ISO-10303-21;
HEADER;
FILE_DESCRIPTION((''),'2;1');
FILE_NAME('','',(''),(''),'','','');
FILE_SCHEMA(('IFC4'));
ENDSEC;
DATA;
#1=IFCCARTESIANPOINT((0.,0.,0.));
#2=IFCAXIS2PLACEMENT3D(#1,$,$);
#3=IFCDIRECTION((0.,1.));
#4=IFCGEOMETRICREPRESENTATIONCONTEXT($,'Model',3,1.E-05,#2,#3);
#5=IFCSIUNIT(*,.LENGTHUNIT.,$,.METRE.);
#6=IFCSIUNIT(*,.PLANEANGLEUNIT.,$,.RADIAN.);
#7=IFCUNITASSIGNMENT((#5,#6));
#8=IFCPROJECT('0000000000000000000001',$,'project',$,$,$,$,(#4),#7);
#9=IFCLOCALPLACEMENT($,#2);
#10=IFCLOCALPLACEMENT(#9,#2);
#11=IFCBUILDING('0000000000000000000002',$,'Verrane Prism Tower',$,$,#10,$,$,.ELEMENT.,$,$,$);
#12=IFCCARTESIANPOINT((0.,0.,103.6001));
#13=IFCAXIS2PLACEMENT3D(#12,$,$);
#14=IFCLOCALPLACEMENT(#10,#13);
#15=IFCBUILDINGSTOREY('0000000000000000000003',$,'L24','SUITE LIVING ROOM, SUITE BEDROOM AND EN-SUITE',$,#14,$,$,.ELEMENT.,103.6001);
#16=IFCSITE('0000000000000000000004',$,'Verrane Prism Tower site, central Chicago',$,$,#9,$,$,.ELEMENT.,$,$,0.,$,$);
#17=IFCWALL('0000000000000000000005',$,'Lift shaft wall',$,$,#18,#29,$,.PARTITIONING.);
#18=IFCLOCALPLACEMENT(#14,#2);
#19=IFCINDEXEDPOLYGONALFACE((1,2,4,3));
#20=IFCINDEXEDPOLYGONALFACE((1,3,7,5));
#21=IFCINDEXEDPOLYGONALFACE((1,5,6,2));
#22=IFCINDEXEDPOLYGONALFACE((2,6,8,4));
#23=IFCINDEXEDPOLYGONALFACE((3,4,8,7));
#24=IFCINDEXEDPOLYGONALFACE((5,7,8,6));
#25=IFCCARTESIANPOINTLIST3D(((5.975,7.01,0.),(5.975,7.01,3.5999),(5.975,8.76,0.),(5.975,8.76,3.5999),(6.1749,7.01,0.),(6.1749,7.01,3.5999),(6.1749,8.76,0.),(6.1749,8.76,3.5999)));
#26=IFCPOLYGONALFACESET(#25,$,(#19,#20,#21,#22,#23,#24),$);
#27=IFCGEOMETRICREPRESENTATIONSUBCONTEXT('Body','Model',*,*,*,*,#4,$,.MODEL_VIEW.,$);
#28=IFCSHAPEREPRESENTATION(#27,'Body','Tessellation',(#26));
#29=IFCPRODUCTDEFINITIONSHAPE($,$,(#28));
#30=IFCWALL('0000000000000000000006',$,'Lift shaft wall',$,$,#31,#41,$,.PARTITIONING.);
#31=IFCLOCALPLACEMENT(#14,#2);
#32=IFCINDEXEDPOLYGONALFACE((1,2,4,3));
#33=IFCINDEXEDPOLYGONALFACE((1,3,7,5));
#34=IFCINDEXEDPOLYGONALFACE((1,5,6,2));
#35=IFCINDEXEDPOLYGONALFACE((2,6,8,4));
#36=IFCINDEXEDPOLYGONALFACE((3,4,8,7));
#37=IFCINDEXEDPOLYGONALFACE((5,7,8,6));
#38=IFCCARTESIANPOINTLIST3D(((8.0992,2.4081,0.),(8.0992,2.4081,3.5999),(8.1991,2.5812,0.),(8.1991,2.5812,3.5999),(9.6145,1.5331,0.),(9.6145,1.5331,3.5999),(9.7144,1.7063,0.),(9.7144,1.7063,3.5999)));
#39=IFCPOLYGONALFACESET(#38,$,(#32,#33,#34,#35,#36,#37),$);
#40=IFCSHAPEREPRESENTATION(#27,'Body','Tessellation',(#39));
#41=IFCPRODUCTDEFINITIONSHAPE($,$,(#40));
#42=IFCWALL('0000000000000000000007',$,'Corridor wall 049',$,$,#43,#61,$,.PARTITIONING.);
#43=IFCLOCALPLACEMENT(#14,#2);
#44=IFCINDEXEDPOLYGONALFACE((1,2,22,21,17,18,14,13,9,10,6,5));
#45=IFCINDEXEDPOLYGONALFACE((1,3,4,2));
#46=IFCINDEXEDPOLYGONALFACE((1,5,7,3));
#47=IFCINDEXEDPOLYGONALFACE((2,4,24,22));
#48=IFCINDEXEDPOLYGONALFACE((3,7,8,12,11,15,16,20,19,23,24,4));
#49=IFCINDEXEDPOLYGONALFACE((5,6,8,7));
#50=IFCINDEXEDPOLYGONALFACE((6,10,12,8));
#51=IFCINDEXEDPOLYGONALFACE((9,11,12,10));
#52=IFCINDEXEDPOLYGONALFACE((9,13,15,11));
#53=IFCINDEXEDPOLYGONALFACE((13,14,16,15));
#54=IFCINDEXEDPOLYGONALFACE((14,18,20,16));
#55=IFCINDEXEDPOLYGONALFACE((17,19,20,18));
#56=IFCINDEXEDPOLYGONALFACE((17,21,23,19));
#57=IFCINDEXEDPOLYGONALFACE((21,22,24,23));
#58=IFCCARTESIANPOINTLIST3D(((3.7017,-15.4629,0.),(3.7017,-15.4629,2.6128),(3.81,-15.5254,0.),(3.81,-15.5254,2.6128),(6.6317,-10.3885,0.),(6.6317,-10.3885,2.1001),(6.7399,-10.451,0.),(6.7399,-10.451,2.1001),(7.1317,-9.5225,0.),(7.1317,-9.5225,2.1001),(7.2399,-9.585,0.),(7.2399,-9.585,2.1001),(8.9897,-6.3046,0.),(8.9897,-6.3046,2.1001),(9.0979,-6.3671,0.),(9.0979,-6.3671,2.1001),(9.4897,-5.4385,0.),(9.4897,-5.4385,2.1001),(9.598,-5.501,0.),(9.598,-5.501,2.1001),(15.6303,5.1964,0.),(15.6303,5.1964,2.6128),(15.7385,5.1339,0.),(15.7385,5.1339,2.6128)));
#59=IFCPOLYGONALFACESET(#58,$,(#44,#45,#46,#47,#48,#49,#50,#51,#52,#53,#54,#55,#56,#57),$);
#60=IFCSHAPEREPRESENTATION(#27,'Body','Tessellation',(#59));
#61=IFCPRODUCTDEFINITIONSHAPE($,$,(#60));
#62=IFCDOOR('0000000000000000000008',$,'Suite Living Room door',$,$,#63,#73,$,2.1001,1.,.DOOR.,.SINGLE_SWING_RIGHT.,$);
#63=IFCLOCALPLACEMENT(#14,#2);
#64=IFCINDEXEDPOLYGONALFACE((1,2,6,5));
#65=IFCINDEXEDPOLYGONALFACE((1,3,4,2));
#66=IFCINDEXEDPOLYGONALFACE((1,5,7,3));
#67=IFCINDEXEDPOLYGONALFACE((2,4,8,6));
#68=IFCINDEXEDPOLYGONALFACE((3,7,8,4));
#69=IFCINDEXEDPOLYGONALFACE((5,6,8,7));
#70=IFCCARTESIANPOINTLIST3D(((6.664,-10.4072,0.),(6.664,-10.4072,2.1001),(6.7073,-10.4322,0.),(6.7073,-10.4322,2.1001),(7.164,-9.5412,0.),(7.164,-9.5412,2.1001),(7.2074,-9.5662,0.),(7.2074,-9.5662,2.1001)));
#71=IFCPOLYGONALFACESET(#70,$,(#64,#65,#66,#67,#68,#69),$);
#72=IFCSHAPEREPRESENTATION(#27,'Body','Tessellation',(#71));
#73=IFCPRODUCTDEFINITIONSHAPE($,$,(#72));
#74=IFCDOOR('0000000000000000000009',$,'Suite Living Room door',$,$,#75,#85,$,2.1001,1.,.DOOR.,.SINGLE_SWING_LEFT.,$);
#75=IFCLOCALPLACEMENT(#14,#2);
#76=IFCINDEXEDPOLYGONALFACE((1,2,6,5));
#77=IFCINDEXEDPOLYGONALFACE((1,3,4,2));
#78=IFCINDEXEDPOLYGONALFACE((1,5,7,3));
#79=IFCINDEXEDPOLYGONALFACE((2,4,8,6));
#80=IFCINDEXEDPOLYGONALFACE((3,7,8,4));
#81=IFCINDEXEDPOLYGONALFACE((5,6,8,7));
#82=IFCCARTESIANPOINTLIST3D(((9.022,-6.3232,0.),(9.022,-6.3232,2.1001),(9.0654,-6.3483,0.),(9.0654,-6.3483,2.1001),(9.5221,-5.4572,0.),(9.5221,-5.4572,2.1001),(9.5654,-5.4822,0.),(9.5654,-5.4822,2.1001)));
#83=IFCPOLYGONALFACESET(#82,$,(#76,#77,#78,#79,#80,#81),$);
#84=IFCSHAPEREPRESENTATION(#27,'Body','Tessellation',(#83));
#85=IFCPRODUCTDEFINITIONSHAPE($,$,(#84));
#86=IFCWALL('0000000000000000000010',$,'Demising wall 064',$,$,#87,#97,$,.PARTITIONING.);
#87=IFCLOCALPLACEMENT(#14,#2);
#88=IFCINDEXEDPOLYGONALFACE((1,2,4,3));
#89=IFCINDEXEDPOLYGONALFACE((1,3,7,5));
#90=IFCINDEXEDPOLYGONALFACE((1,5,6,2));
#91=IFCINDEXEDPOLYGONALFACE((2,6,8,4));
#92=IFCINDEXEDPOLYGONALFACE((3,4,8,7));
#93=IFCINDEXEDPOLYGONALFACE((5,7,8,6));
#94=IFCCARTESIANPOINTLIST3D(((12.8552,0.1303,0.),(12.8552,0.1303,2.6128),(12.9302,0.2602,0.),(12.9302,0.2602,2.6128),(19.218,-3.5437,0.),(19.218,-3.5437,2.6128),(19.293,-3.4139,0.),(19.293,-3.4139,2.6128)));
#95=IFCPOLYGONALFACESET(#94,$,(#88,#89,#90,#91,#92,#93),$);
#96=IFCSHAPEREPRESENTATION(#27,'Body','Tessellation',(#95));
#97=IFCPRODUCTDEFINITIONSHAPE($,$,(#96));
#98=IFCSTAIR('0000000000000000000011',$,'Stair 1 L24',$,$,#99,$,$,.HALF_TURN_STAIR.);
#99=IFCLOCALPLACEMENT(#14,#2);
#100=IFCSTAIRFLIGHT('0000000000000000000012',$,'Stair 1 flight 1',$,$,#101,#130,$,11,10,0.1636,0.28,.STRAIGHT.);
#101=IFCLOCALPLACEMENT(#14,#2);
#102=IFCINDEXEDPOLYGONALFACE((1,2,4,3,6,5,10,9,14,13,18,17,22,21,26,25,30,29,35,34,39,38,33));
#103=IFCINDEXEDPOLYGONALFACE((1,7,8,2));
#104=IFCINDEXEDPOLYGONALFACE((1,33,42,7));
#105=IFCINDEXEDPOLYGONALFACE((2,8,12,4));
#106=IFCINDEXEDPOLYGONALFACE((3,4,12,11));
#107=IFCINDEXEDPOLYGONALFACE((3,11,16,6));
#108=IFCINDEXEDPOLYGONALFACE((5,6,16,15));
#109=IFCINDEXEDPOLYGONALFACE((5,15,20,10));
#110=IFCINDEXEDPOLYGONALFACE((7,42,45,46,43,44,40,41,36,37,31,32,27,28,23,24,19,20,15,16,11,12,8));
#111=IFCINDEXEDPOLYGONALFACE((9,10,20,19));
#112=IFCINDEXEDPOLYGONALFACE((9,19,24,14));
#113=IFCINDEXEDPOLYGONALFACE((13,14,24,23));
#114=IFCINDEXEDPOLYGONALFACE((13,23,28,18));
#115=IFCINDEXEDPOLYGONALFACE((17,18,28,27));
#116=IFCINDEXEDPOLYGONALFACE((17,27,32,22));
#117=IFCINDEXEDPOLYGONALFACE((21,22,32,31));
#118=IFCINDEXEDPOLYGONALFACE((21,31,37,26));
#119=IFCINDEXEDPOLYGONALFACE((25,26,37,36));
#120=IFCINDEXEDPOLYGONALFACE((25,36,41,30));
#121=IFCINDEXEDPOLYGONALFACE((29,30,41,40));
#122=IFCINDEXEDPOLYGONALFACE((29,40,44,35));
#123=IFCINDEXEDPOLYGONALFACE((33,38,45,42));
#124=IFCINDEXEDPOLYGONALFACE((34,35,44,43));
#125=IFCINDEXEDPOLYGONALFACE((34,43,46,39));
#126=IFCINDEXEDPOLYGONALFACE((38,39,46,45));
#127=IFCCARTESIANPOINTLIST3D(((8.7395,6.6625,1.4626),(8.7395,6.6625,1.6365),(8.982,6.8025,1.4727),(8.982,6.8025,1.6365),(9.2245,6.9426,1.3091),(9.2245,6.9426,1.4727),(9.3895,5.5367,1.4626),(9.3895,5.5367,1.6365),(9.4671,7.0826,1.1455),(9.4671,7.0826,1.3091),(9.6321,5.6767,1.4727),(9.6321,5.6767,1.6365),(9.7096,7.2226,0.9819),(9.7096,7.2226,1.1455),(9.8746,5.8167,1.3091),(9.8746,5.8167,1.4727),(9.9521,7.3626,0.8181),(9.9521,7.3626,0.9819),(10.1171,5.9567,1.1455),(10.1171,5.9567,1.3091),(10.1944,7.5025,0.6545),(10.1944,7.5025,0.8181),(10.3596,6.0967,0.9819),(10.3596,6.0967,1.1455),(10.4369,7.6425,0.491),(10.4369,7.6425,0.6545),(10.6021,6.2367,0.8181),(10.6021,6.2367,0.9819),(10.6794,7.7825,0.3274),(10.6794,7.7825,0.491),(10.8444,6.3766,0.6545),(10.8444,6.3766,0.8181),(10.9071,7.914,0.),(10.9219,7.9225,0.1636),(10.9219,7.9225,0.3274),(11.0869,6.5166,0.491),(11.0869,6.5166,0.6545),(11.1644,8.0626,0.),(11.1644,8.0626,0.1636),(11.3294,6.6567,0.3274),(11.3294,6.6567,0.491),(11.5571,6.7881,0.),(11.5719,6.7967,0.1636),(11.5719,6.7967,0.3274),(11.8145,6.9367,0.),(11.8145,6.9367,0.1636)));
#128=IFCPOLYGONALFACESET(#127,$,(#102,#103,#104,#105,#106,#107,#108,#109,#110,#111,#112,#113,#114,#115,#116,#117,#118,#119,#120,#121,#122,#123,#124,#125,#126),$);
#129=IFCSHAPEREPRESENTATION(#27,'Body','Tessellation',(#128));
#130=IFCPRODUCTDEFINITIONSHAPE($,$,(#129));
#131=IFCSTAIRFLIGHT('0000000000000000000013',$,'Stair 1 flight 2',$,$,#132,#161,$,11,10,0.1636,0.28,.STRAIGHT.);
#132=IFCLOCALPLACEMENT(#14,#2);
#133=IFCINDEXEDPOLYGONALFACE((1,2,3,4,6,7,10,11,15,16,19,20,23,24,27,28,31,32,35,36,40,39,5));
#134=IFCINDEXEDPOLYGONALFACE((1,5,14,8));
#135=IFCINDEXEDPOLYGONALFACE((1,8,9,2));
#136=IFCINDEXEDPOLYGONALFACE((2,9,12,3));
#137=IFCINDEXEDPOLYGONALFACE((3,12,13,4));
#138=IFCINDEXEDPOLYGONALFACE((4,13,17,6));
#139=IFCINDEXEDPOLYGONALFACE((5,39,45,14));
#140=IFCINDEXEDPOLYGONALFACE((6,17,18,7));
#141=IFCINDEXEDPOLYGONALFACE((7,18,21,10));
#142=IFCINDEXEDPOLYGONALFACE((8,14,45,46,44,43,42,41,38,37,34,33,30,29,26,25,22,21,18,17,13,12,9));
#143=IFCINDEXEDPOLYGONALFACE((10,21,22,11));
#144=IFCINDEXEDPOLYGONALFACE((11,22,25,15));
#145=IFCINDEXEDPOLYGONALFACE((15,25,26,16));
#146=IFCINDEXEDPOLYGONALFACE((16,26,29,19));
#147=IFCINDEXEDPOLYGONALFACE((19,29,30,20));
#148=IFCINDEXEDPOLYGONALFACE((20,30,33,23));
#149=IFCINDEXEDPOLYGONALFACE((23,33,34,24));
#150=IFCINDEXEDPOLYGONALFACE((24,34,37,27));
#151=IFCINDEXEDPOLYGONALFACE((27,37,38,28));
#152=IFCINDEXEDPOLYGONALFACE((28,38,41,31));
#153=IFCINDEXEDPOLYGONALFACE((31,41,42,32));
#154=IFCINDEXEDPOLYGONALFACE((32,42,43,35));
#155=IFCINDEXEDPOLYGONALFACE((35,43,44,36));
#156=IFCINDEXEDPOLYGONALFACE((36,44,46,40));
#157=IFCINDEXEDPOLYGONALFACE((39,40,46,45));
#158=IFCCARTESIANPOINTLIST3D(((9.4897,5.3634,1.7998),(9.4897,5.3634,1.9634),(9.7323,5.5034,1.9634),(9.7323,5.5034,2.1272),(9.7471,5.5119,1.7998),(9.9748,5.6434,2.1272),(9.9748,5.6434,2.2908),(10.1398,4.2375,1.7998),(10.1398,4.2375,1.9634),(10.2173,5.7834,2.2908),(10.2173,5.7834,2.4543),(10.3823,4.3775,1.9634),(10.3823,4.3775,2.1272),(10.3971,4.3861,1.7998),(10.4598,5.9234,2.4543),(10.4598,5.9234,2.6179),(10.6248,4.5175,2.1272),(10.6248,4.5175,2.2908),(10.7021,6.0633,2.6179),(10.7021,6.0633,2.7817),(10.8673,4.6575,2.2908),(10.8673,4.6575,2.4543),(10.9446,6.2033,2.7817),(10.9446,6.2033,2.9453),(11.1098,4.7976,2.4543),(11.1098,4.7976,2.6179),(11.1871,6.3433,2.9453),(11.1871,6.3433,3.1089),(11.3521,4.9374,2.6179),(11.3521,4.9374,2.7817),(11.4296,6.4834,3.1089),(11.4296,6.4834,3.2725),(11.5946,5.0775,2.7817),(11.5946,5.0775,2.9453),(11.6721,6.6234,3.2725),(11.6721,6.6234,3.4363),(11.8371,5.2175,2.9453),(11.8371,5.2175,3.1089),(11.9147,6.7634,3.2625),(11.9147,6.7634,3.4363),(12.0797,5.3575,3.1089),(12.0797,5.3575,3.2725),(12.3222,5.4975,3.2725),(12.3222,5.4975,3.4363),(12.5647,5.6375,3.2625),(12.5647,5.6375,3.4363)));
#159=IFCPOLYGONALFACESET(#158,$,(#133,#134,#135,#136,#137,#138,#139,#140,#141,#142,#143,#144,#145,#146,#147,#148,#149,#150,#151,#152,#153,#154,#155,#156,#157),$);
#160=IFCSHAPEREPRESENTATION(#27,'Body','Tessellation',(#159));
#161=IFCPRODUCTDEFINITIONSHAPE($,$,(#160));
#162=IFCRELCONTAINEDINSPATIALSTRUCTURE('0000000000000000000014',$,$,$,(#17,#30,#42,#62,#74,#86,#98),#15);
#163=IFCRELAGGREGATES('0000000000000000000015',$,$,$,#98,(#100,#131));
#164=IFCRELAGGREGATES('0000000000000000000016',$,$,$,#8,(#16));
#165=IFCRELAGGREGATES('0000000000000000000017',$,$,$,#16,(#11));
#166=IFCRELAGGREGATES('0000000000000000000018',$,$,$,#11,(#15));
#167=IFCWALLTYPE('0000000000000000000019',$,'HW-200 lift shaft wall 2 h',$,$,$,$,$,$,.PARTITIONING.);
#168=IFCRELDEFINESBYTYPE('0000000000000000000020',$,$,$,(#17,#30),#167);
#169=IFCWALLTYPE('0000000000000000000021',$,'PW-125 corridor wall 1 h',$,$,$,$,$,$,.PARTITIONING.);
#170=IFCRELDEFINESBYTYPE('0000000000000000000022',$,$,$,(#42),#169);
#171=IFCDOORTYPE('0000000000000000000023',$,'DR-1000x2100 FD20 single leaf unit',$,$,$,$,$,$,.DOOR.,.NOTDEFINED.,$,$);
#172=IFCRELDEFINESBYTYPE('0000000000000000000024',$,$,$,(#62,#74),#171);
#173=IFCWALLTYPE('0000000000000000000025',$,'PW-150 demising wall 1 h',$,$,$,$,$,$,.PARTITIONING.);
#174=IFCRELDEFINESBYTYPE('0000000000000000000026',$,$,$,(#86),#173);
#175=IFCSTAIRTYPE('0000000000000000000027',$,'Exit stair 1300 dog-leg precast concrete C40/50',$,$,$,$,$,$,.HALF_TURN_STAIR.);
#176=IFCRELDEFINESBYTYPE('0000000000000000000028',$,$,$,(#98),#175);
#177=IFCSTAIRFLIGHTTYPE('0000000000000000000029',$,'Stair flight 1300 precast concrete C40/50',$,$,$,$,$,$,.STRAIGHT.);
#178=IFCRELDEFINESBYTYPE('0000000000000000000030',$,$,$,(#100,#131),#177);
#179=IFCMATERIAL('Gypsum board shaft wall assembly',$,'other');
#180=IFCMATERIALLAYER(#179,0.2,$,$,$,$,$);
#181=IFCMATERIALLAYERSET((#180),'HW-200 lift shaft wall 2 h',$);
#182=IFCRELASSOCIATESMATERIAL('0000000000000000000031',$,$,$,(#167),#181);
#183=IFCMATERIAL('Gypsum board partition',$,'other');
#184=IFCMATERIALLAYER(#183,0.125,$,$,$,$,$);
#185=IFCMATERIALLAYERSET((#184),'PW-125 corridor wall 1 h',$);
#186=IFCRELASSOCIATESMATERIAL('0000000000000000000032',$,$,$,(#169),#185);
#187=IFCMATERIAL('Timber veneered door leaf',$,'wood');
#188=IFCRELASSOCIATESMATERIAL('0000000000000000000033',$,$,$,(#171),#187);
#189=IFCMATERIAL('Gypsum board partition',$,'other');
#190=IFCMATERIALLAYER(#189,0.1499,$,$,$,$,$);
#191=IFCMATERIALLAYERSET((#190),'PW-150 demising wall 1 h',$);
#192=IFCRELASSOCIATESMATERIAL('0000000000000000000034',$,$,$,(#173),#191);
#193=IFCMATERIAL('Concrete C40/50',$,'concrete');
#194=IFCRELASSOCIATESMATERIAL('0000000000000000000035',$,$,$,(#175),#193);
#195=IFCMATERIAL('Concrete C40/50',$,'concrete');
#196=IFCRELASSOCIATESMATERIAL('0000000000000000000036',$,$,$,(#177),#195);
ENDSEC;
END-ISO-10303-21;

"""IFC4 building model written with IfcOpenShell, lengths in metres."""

from ifc_helpers import new_model, si_unit, direction, frame, frame_2d, origin, place, context, subcontext, project, spatial, polyline, rectangle, outline, extrude, material, layer, layer_set, type_object, element, fill, aggregate, save


model = new_model("IFC4")

# Units and contexts
model_context = context("Model", 3, precision=1e-05, world=origin(), true_north=direction((0.0, 1.0)))
body_context = subcontext(model_context, "Body", "Model", "MODEL_VIEW")
ifc_project = project(units=[si_unit("LENGTHUNIT", "METRE"), si_unit("PLANEANGLEUNIT", "RADIAN")], contexts=[model_context])

# Site, building, storey
site_placement = place(None, origin())
site = spatial("IfcSite", under=ifc_project, at=site_placement, Name="Verrane Prism Tower site, central Chicago", CompositionType="ELEMENT", RefElevation=0.0)
building_placement = place(site_placement, origin())
building = spatial("IfcBuilding", under=site, at=building_placement, Name="Verrane Prism Tower", CompositionType="ELEMENT")
storey_placement = place(building_placement, frame((0.0, 0.0, 103.6001)))
storey = spatial("IfcBuildingStorey", under=building, at=storey_placement, Name="L24", Description="SUITE LIVING ROOM, SUITE BEDROOM AND EN-SUITE", CompositionType="ELEMENT", Elevation=103.6001)

# Walls
ifc_material_1 = material(Name="Gypsum board shaft wall assembly", Category="other")
ifc_layer_1 = layer(ifc_material_1, 0.2)
ifc_layer_set_1 = layer_set([ifc_layer_1], Name="HW-200 lift shaft wall 2 h")
wall_type_1 = type_object("IfcWallType", Name="HW-200 lift shaft wall 2 h", PredefinedType="PARTITIONING", material=ifc_layer_set_1)
wall_1_placement = place(storey_placement, frame((6.075, 7.01, 0.0), z_axis=(0.0, 0.0, 1.0), x_axis=(0.0, 1.0, 0.0)))
element("IfcWall", 1, at=wall_1_placement, inside=storey, type_object=wall_type_1, Name="Lift shaft wall", PredefinedType="PARTITIONING", context=body_context, shape_type="SweptSolid", body=[
    extrude(rectangle(XDim=1.75, YDim=0.2, at=frame_2d((0.875, 0.0))), origin(), (0.0, 0.0, 1.0), 3.5999),
])
wall_2_placement = place(storey_placement, frame((9.6646, 1.6196, 0.0), z_axis=(0.0, 0.0, 1.0), x_axis=(-0.866002, 0.50004, 0.0)))
element("IfcWall", 2, at=wall_2_placement, inside=storey, type_object=wall_type_1, Name="Lift shaft wall", PredefinedType="PARTITIONING", context=body_context, shape_type="SweptSolid", body=[
    extrude(rectangle(XDim=1.7498, YDim=0.2, at=frame_2d((0.875, 0.0))), origin(), (0.0, 0.0, 1.0), 3.5999),
])

# Wall, openings, doors
ifc_material_2 = material(Name="Gypsum board partition", Category="other")
ifc_layer_2 = layer(ifc_material_2, 0.125)
ifc_layer_set_2 = layer_set([ifc_layer_2], Name="PW-125 corridor wall 1 h")
wall_type_2 = type_object("IfcWallType", Name="PW-125 corridor wall 1 h", PredefinedType="PARTITIONING", material=ifc_layer_set_2)
wall_3_placement = place(storey_placement, frame((15.6843, 5.165, 0.0), z_axis=(0.0, 0.0, 1.0), x_axis=(-0.500028, -0.866009, 0.0)))
wall_3 = element("IfcWall", 3, at=wall_3_placement, inside=storey, type_object=wall_type_2, Name="Corridor wall 049", PredefinedType="PARTITIONING", context=body_context, shape_type="SweptSolid", body=[
    extrude(rectangle(XDim=23.8557, YDim=0.125, at=frame_2d((11.9277, 0.0))), origin(), (0.0, 0.0, 1.0), 2.6128),
])
opening_1_placement = place(wall_3_placement, frame((16.9961, 0.0, 0.0)))
opening_1 = element("IfcOpeningElement", 4, at=opening_1_placement, cuts=wall_3, PredefinedType="OPENING", context=body_context, shape_type="SweptSolid", body=[
    extrude(rectangle(XDim=1.0, YDim=2.1001, at=frame_2d((0.5, 1.05))), frame((0.0, 0.0725, 0.0), z_axis=(0.0, -1.0, 0.0), x_axis=(1.0, 0.0, 0.0)), (0.0, 0.0, 1.0), 0.145),
])
opening_2_placement = place(wall_3_placement, frame((12.2803, 0.0, 0.0)))
opening_2 = element("IfcOpeningElement", 5, at=opening_2_placement, cuts=wall_3, PredefinedType="OPENING", context=body_context, shape_type="SweptSolid", body=[
    extrude(rectangle(XDim=1.0, YDim=2.1001, at=frame_2d((0.5, 1.05))), frame((0.0, 0.0725, 0.0), z_axis=(0.0, -1.0, 0.0), x_axis=(1.0, 0.0, 0.0)), (0.0, 0.0, 1.0), 0.145),
])
ifc_material_3 = material(Name="Timber veneered door leaf", Category="wood")
door_type = type_object("IfcDoorType", Name="DR-1000x2100 FD20 single leaf unit", OperationType="NOTDEFINED", PredefinedType="DOOR", material=ifc_material_3)
door_1_placement = place(opening_1_placement, origin())
door_1 = element("IfcDoor", 6, at=door_1_placement, inside=storey, type_object=door_type, Name="Suite Living Room door", OperationType="SINGLE_SWING_RIGHT", OverallHeight=2.1001, OverallWidth=1.0, PredefinedType="DOOR", context=body_context, shape_type="SweptSolid", body=[
    extrude(rectangle(XDim=1.0, YDim=2.1001, at=frame_2d((0.5, 1.05))), frame((0.0, 0.0249, 0.0), z_axis=(0.0, -1.0, 0.0), x_axis=(1.0, 0.0, 0.0)), (0.0, 0.0, 1.0), 0.05),
])
fill(opening_1, door_1)
door_2_placement = place(opening_2_placement, origin())
door_2 = element("IfcDoor", 7, at=door_2_placement, inside=storey, type_object=door_type, Name="Suite Living Room door", OperationType="SINGLE_SWING_LEFT", OverallHeight=2.1001, OverallWidth=1.0, PredefinedType="DOOR", context=body_context, shape_type="SweptSolid", body=[
    extrude(rectangle(XDim=1.0, YDim=2.1001, at=frame_2d((0.5, 1.05))), frame((0.0, 0.0249, 0.0), z_axis=(0.0, -1.0, 0.0), x_axis=(1.0, 0.0, 0.0)), (0.0, 0.0, 1.0), 0.05),
])
fill(opening_2, door_2)

# Wall
ifc_material_4 = material(Name="Gypsum board partition", Category="other")
ifc_layer_3 = layer(ifc_material_4, 0.1499)
ifc_layer_set_3 = layer_set([ifc_layer_3], Name="PW-150 demising wall 1 h")
wall_type_3 = type_object("IfcWallType", Name="PW-150 demising wall 1 h", PredefinedType="PARTITIONING", material=ifc_layer_set_3)
wall_4_placement = place(storey_placement, frame((12.8926, 0.1953, 0.0), z_axis=(0.0, 0.0, 1.0), x_axis=(0.865995, -0.500052, 0.0)))
element("IfcWall", 8, at=wall_4_placement, inside=storey, type_object=wall_type_3, Name="Demising wall 064", PredefinedType="PARTITIONING", context=body_context, shape_type="SweptSolid", body=[
    extrude(rectangle(XDim=7.3474, YDim=0.1499, at=frame_2d((3.6738, 0.0))), origin(), (0.0, 0.0, 1.0), 2.6128),
])

# Stair, stair flights
ifc_material_5 = material(Name="Concrete C40/50", Category="concrete")
stair_type = type_object("IfcStairType", Name="Exit stair 1300 dog-leg precast concrete C40/50", PredefinedType="HALF_TURN_STAIR", material=ifc_material_5)
stair_placement = place(storey_placement, origin())
stair = element("IfcStair", 9, at=stair_placement, inside=storey, type_object=stair_type, Name="Stair 1 L24", PredefinedType="HALF_TURN_STAIR")
ifc_material_6 = material(Name="Concrete C40/50", Category="concrete")
stair_flight_type = type_object("IfcStairFlightType", Name="Stair flight 1300 precast concrete C40/50", PredefinedType="STRAIGHT", material=ifc_material_6)
stair_flight_1_placement = place(storey_placement, frame((11.4895, 7.4995, 0.0), z_axis=(0.0, 0.0, 1.0), x_axis=(-0.866025, -0.5, 0.0)))
stair_flight_1 = element("IfcStairFlight", 10, at=stair_flight_1_placement, type_object=stair_flight_type, Name="Stair 1 flight 1", NumberOfRisers=11, NumberOfTreads=10, PredefinedType="STRAIGHT", RiserHeight=0.1636, TreadLength=0.28, context=body_context, shape_type="SweptSolid", body=[
    extrude(outline(polyline([(0.0, 0.0), (0.0, 0.1636), (0.28, 0.1636), (0.28, 0.3274), (0.5601, 0.3274), (0.5601, 0.491), (0.8401, 0.491), (0.8401, 0.6545), (1.1201, 0.6545), (1.1201, 0.8181), (1.3999, 0.8181), (1.3999, 0.9819), (1.6799, 0.9819), (1.6799, 1.1455), (1.96, 1.1455), (1.96, 1.3091), (2.24, 1.3091), (2.24, 1.4727), (2.52, 1.4727), (2.52, 1.6365), (2.8, 1.6365), (2.8, 1.8), (2.8, 1.4626), (0.2971, 0.0), (0.0, 0.0)])), frame((0.0, 0.6499, 0.0), z_axis=(0.0, -1.0, 0.0), x_axis=(1.0, 0.0, 0.0)), (0.0, 0.0, 1.0), 1.3),
])
stair_flight_2_placement = place(storey_placement, frame((9.8147, 4.8005, 1.7998), z_axis=(0.0, 0.0, 1.0), x_axis=(0.866025, 0.5, 0.0)))
stair_flight_2 = element("IfcStairFlight", 11, at=stair_flight_2_placement, type_object=stair_flight_type, Name="Stair 1 flight 2", NumberOfRisers=11, NumberOfTreads=10, PredefinedType="STRAIGHT", RiserHeight=0.1636, TreadLength=0.28, context=body_context, shape_type="SweptSolid", body=[
    extrude(outline(polyline([(0.0, 0.0), (0.0, 0.1636), (0.28, 0.1636), (0.28, 0.3274), (0.5601, 0.3274), (0.5601, 0.491), (0.8401, 0.491), (0.8401, 0.6545), (1.1201, 0.6545), (1.1201, 0.8181), (1.3999, 0.8181), (1.3999, 0.9819), (1.6799, 0.9819), (1.6799, 1.1455), (1.96, 1.1455), (1.96, 1.3091), (2.24, 1.3091), (2.24, 1.4727), (2.52, 1.4727), (2.52, 1.6365), (2.8, 1.6365), (2.8, 1.8), (2.8, 1.4626), (0.2971, 0.0), (0.0, 0.0)])), frame((0.0, 0.6499, 0.0), z_axis=(0.0, -1.0, 0.0), x_axis=(1.0, 0.0, 0.0)), (0.0, 0.0, 1.0), 1.3),
])
aggregate(stair, [stair_flight_1, stair_flight_2])

save(model, "model.ifc")
